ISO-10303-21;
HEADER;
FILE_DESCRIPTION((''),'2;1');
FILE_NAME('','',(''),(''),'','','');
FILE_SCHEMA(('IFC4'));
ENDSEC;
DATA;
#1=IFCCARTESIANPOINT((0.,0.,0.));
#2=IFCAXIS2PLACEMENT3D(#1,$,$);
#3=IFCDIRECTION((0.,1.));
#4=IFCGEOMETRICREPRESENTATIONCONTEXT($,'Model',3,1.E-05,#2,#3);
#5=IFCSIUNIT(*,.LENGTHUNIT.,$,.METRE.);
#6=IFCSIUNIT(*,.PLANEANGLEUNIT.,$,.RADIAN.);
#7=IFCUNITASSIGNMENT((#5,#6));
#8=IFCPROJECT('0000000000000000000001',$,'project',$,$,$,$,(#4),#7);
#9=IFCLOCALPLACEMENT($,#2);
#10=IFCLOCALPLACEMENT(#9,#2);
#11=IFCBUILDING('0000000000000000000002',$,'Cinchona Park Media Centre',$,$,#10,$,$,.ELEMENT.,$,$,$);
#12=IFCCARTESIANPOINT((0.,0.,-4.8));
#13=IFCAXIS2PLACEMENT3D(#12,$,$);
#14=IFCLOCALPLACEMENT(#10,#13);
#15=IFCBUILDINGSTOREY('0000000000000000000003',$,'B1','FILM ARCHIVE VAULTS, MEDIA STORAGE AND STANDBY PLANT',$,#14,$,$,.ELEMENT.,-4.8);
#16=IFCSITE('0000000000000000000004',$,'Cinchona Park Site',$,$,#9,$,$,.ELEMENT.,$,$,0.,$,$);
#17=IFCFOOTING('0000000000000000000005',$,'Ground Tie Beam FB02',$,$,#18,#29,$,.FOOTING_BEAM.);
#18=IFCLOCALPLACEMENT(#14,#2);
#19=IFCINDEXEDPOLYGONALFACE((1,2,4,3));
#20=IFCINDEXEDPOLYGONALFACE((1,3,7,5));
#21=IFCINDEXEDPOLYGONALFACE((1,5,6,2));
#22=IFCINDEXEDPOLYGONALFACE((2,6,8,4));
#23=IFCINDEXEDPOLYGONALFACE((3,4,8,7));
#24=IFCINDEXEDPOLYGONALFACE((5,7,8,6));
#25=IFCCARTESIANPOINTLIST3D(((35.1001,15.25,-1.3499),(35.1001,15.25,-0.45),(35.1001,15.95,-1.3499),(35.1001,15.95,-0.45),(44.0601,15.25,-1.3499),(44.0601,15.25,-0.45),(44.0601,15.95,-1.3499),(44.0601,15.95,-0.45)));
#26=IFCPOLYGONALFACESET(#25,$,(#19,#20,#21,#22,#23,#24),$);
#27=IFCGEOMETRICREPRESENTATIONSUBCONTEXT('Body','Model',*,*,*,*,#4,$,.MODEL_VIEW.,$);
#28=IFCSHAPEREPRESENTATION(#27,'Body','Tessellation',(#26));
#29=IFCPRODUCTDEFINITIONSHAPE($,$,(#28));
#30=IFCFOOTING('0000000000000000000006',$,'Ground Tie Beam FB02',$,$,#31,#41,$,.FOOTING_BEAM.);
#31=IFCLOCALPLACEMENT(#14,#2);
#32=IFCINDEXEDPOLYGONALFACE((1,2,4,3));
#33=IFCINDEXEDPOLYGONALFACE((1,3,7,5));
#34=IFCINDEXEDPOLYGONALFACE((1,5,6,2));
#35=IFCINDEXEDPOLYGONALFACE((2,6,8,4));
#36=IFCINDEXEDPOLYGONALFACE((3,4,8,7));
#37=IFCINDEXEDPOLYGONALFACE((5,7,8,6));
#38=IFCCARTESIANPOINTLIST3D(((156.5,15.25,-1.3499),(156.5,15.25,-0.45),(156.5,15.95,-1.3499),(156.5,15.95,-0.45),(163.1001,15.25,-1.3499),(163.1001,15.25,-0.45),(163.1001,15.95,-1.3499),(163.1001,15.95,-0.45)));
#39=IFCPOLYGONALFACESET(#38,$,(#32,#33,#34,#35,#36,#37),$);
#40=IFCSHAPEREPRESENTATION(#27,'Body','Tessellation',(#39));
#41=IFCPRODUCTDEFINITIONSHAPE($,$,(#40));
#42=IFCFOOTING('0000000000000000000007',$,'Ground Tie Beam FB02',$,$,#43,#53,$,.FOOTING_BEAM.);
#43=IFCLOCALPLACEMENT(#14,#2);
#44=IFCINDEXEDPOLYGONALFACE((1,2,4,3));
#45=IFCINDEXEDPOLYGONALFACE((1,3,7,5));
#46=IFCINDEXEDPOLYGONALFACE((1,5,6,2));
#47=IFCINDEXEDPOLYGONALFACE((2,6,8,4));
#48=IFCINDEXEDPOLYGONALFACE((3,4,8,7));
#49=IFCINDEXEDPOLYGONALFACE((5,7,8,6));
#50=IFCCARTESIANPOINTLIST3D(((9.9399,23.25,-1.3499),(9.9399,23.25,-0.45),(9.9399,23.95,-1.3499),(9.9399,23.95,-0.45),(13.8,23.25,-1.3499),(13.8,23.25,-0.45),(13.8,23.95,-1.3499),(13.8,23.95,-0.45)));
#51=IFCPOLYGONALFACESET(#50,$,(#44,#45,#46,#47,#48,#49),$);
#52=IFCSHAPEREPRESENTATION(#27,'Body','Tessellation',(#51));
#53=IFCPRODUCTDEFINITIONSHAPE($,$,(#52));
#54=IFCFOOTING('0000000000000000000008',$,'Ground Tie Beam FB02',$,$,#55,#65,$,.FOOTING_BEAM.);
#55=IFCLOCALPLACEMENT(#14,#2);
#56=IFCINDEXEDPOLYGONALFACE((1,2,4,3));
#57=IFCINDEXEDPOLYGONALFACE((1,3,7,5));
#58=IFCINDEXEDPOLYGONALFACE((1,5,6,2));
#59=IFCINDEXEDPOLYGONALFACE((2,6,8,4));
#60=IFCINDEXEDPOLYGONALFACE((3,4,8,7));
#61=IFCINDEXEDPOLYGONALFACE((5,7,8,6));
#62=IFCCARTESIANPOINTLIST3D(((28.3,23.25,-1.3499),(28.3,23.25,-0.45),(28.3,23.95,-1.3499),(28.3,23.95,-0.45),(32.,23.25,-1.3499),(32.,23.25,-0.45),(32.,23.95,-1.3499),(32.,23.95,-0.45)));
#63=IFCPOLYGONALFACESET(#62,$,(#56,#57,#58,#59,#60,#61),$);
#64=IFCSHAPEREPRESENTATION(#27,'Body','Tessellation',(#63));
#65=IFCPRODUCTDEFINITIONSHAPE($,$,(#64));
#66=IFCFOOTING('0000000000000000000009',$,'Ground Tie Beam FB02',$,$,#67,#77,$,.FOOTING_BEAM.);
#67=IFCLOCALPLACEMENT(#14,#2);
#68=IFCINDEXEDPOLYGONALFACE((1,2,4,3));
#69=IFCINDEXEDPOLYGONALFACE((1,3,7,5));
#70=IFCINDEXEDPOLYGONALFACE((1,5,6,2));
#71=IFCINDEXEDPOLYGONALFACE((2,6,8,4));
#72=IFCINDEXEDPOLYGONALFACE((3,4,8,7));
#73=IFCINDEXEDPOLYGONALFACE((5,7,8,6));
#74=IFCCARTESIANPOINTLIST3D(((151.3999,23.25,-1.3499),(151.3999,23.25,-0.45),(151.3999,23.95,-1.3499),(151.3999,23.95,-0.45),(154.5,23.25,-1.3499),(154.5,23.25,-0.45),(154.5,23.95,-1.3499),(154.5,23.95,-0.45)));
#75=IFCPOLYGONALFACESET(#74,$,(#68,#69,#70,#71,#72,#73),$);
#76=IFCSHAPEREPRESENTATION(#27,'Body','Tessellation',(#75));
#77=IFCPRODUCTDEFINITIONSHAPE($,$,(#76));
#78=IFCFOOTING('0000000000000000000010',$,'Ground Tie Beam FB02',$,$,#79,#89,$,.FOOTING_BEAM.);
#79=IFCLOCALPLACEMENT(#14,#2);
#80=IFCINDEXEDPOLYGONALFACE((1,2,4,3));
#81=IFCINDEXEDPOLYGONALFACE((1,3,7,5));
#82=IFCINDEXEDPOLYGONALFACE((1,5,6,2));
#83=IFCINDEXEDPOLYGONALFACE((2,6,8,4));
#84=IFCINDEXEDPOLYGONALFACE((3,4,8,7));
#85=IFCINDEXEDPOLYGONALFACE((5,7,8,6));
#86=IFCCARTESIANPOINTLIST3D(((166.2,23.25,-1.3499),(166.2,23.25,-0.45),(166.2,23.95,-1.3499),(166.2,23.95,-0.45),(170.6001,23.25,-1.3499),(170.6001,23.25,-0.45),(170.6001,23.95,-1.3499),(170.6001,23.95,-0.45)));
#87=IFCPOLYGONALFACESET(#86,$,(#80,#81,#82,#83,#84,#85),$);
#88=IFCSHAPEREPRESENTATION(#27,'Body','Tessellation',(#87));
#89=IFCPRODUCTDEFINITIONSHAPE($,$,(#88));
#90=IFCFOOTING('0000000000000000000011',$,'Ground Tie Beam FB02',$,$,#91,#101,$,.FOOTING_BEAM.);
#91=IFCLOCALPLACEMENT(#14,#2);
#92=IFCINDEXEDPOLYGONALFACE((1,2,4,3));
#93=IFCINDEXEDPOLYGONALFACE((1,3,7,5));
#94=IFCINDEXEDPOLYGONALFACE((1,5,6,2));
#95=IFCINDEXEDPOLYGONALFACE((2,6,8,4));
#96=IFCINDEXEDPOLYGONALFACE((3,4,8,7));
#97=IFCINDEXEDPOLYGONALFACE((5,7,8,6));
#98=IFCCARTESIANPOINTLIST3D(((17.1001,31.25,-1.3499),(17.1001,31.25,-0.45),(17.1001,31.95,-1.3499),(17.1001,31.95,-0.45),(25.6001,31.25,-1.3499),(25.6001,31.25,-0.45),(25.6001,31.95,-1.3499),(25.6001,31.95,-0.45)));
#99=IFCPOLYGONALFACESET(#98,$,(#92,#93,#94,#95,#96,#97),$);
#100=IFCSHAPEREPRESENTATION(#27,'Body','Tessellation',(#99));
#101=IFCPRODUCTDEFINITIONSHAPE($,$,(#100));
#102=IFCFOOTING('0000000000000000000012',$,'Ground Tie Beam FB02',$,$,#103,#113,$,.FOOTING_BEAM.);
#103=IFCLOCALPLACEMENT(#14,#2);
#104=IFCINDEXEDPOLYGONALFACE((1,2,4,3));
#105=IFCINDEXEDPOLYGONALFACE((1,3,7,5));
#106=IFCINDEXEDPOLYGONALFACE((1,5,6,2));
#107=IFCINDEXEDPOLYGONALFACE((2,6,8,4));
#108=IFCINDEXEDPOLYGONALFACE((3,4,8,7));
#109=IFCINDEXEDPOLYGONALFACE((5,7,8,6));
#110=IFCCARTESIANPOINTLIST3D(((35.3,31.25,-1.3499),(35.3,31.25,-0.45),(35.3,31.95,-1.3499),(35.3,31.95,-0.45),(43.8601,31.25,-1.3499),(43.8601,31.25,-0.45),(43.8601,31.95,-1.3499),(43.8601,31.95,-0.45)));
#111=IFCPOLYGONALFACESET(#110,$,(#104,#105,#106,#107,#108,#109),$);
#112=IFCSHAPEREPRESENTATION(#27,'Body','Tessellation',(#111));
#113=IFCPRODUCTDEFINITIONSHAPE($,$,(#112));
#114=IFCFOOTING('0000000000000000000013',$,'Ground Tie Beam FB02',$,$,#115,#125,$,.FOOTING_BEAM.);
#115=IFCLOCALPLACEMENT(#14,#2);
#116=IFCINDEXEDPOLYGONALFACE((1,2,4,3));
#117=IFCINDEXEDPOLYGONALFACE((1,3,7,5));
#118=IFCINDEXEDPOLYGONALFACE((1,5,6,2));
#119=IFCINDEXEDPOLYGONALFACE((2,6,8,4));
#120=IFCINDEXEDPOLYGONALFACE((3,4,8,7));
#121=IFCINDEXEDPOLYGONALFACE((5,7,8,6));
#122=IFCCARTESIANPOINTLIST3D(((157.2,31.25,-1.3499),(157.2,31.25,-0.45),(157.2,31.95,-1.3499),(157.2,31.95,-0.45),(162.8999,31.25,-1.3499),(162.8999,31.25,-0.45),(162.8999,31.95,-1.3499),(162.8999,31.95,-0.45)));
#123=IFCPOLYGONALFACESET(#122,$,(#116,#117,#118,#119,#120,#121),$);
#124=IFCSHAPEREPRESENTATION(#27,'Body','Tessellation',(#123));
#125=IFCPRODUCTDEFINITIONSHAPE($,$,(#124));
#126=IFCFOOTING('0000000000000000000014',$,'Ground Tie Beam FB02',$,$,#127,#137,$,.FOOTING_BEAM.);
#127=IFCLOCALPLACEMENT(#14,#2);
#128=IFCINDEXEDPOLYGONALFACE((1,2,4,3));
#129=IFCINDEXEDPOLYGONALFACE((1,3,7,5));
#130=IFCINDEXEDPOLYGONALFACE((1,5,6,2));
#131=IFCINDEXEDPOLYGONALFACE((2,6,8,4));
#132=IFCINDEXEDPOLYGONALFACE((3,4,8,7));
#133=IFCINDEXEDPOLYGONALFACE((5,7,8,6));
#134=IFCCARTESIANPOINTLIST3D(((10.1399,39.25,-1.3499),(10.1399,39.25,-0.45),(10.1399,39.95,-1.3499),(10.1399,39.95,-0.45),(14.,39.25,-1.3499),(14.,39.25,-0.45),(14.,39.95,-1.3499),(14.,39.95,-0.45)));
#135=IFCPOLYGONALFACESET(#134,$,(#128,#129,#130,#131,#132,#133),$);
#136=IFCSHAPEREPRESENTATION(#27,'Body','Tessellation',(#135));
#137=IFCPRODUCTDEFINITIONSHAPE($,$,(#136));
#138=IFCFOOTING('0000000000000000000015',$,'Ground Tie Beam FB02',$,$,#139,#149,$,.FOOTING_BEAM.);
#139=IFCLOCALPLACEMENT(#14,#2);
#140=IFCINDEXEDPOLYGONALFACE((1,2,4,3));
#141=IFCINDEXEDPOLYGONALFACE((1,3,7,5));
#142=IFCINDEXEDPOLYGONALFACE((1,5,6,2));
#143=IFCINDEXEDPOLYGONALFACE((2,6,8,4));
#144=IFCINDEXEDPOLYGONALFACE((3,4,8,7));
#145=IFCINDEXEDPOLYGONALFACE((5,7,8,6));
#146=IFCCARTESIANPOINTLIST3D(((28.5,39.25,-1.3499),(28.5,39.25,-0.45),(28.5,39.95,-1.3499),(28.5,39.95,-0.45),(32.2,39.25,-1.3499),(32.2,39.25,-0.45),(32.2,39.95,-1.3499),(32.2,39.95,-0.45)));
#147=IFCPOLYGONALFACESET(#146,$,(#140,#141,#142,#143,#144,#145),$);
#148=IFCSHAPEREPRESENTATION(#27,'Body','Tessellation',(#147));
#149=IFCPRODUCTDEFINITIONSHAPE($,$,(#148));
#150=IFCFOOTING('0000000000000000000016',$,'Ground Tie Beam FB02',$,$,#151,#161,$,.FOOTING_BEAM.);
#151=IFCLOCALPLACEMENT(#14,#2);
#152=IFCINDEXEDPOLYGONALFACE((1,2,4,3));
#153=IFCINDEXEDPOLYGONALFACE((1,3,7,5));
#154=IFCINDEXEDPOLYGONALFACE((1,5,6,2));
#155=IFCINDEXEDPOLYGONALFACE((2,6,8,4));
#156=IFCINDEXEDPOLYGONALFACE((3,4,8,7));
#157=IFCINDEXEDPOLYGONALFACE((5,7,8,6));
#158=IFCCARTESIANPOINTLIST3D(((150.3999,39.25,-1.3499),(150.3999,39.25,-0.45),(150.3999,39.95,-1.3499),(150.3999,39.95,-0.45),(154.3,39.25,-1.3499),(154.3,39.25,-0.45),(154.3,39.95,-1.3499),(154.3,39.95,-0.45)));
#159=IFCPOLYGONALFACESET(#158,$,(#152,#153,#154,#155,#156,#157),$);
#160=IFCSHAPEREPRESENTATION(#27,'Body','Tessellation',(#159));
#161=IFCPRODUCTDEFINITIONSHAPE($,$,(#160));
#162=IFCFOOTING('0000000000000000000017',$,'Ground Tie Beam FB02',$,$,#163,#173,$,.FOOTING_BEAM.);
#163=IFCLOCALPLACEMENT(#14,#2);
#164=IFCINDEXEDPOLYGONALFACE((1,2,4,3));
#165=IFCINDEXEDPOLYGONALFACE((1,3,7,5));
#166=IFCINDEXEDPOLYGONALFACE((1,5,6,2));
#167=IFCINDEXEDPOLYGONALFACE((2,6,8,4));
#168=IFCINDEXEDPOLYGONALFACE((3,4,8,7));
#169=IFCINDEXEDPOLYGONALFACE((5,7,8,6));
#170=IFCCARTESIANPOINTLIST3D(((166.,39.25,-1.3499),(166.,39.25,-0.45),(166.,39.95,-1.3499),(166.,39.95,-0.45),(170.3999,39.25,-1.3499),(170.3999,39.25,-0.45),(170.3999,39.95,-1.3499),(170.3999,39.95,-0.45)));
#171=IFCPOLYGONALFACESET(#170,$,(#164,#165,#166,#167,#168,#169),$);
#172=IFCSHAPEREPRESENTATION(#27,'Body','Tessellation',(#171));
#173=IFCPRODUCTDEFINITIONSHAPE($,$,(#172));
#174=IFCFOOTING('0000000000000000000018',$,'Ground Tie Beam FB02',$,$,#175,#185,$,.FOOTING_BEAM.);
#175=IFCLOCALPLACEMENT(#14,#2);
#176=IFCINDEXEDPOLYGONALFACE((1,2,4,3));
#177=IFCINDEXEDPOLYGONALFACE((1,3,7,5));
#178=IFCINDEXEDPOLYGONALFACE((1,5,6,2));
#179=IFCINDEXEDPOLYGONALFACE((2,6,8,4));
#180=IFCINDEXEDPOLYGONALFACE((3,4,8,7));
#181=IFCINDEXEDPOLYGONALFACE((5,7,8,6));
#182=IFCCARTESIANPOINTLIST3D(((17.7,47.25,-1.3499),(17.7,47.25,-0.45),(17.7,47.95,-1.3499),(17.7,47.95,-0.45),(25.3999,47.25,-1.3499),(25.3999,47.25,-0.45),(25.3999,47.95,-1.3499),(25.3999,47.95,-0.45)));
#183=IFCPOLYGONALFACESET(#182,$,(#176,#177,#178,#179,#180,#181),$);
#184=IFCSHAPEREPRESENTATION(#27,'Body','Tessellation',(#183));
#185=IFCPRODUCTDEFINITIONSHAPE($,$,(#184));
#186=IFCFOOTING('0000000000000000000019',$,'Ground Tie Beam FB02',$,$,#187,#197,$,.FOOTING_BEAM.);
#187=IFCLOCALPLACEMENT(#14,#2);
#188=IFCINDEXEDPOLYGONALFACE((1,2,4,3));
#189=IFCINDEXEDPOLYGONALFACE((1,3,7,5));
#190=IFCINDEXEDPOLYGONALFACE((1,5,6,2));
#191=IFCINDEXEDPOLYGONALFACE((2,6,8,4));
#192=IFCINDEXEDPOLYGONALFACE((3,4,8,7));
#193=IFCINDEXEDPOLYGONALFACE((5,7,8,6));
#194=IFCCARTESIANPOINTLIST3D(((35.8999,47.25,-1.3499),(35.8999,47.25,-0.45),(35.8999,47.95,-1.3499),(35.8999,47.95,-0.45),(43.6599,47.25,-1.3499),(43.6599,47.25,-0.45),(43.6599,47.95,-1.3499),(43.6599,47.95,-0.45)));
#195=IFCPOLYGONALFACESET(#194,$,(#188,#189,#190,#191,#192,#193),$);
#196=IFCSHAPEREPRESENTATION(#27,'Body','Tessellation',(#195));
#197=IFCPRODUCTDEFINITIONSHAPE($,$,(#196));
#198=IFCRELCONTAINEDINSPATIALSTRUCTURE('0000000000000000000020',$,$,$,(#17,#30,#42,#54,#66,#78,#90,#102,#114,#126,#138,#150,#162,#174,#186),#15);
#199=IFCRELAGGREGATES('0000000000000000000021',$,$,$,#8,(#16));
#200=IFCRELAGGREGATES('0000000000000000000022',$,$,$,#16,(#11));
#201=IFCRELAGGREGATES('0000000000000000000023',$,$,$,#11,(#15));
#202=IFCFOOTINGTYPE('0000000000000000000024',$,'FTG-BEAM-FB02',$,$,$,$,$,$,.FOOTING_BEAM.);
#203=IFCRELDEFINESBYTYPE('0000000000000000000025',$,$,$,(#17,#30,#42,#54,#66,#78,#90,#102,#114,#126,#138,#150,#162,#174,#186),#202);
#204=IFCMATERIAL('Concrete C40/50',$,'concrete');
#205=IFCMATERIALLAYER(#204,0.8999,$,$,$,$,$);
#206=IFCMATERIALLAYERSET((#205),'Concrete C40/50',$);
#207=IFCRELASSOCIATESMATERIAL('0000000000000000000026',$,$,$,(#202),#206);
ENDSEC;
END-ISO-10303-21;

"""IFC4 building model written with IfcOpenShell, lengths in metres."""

from ifc_helpers import new_model, si_unit, direction, frame, origin, place, context, subcontext, project, spatial, polyline, outline, extrude, material, layer, layer_set, type_object, element, save


model = new_model("IFC4")

# Units and contexts
model_context = context("Model", 3, precision=1e-05, world=origin(), true_north=direction((0.0, 1.0)))
body_context = subcontext(model_context, "Body", "Model", "MODEL_VIEW")
ifc_project = project(units=[si_unit("LENGTHUNIT", "METRE"), si_unit("PLANEANGLEUNIT", "RADIAN")], contexts=[model_context])

# Site, building, storey
site_placement = place(None, origin())
site = spatial("IfcSite", under=ifc_project, at=site_placement, Name="Cinchona Park Site", CompositionType="ELEMENT", RefElevation=0.0)
building_placement = place(site_placement, origin())
building = spatial("IfcBuilding", under=site, at=building_placement, Name="Cinchona Park Media Centre", CompositionType="ELEMENT")
storey_placement = place(building_placement, frame((0.0, 0.0, -4.8)))
storey = spatial("IfcBuildingStorey", under=building, at=storey_placement, Name="B1", Description="FILM ARCHIVE VAULTS, MEDIA STORAGE AND STANDBY PLANT", CompositionType="ELEMENT", Elevation=-4.8)

# Footings
ifc_material = material(Name="Concrete C40/50", Category="concrete")
ifc_layer = layer(ifc_material, 0.8999)
ifc_layer_set = layer_set([ifc_layer], Name="Concrete C40/50")
footing_type = type_object("IfcFootingType", Name="FTG-BEAM-FB02", PredefinedType="FOOTING_BEAM", material=ifc_layer_set)
footing_1_placement = place(storey_placement, frame((0.0, 0.0, -1.3499)))
element("IfcFooting", 1, at=footing_1_placement, inside=storey, type_object=footing_type, Name="Ground Tie Beam FB02", PredefinedType="FOOTING_BEAM", context=body_context, shape_type="SweptSolid", body=[
    extrude(outline(polyline([(35.1001, 15.25), (44.0601, 15.25), (44.0601, 15.95), (35.1001, 15.95), (35.1001, 15.25)])), origin(), (0.0, 0.0, 1.0), 0.8999),
])
footing_2_placement = place(storey_placement, frame((0.0, 0.0, -1.3499)))
element("IfcFooting", 2, at=footing_2_placement, inside=storey, type_object=footing_type, Name="Ground Tie Beam FB02", PredefinedType="FOOTING_BEAM", context=body_context, shape_type="SweptSolid", body=[
    extrude(outline(polyline([(156.5, 15.25), (163.1001, 15.25), (163.1001, 15.95), (156.5, 15.95), (156.5, 15.25)])), origin(), (0.0, 0.0, 1.0), 0.8999),
])
footing_3_placement = place(storey_placement, frame((0.0, 0.0, -1.3499)))
element("IfcFooting", 3, at=footing_3_placement, inside=storey, type_object=footing_type, Name="Ground Tie Beam FB02", PredefinedType="FOOTING_BEAM", context=body_context, shape_type="SweptSolid", body=[
    extrude(outline(polyline([(9.9399, 23.25), (13.8, 23.25), (13.8, 23.95), (9.9399, 23.95), (9.9399, 23.25)])), origin(), (0.0, 0.0, 1.0), 0.8999),
])
footing_4_placement = place(storey_placement, frame((0.0, 0.0, -1.3499)))
element("IfcFooting", 4, at=footing_4_placement, inside=storey, type_object=footing_type, Name="Ground Tie Beam FB02", PredefinedType="FOOTING_BEAM", context=body_context, shape_type="SweptSolid", body=[
    extrude(outline(polyline([(28.3, 23.25), (32.0, 23.25), (32.0, 23.95), (28.3, 23.95), (28.3, 23.25)])), origin(), (0.0, 0.0, 1.0), 0.8999),
])
footing_5_placement = place(storey_placement, frame((0.0, 0.0, -1.3499)))
element("IfcFooting", 5, at=footing_5_placement, inside=storey, type_object=footing_type, Name="Ground Tie Beam FB02", PredefinedType="FOOTING_BEAM", context=body_context, shape_type="SweptSolid", body=[
    extrude(outline(polyline([(151.3999, 23.25), (154.5, 23.25), (154.5, 23.95), (151.3999, 23.95), (151.3999, 23.25)])), origin(), (0.0, 0.0, 1.0), 0.8999),
])
footing_6_placement = place(storey_placement, frame((0.0, 0.0, -1.3499)))
element("IfcFooting", 6, at=footing_6_placement, inside=storey, type_object=footing_type, Name="Ground Tie Beam FB02", PredefinedType="FOOTING_BEAM", context=body_context, shape_type="SweptSolid", body=[
    extrude(outline(polyline([(166.2, 23.25), (170.6001, 23.25), (170.6001, 23.95), (166.2, 23.95), (166.2, 23.25)])), origin(), (0.0, 0.0, 1.0), 0.8999),
])
footing_7_placement = place(storey_placement, frame((0.0, 0.0, -1.3499)))
element("IfcFooting", 7, at=footing_7_placement, inside=storey, type_object=footing_type, Name="Ground Tie Beam FB02", PredefinedType="FOOTING_BEAM", context=body_context, shape_type="SweptSolid", body=[
    extrude(outline(polyline([(17.1001, 31.25), (25.6001, 31.25), (25.6001, 31.95), (17.1001, 31.95), (17.1001, 31.25)])), origin(), (0.0, 0.0, 1.0), 0.8999),
])
footing_8_placement = place(storey_placement, frame((0.0, 0.0, -1.3499)))
element("IfcFooting", 8, at=footing_8_placement, inside=storey, type_object=footing_type, Name="Ground Tie Beam FB02", PredefinedType="FOOTING_BEAM", context=body_context, shape_type="SweptSolid", body=[
    extrude(outline(polyline([(35.3, 31.25), (43.8601, 31.25), (43.8601, 31.95), (35.3, 31.95), (35.3, 31.25)])), origin(), (0.0, 0.0, 1.0), 0.8999),
])
footing_9_placement = place(storey_placement, frame((0.0, 0.0, -1.3499)))
element("IfcFooting", 9, at=footing_9_placement, inside=storey, type_object=footing_type, Name="Ground Tie Beam FB02", PredefinedType="FOOTING_BEAM", context=body_context, shape_type="SweptSolid", body=[
    extrude(outline(polyline([(157.2, 31.25), (162.8999, 31.25), (162.8999, 31.95), (157.2, 31.95), (157.2, 31.25)])), origin(), (0.0, 0.0, 1.0), 0.8999),
])
footing_10_placement = place(storey_placement, frame((0.0, 0.0, -1.3499)))
element("IfcFooting", 10, at=footing_10_placement, inside=storey, type_object=footing_type, Name="Ground Tie Beam FB02", PredefinedType="FOOTING_BEAM", context=body_context, shape_type="SweptSolid", body=[
    extrude(outline(polyline([(10.1399, 39.25), (14.0, 39.25), (14.0, 39.95), (10.1399, 39.95), (10.1399, 39.25)])), origin(), (0.0, 0.0, 1.0), 0.8999),
])
footing_11_placement = place(storey_placement, frame((0.0, 0.0, -1.3499)))
element("IfcFooting", 11, at=footing_11_placement, inside=storey, type_object=footing_type, Name="Ground Tie Beam FB02", PredefinedType="FOOTING_BEAM", context=body_context, shape_type="SweptSolid", body=[
    extrude(outline(polyline([(28.5, 39.25), (32.2, 39.25), (32.2, 39.95), (28.5, 39.95), (28.5, 39.25)])), origin(), (0.0, 0.0, 1.0), 0.8999),
])
footing_12_placement = place(storey_placement, frame((0.0, 0.0, -1.3499)))
element("IfcFooting", 12, at=footing_12_placement, inside=storey, type_object=footing_type, Name="Ground Tie Beam FB02", PredefinedType="FOOTING_BEAM", context=body_context, shape_type="SweptSolid", body=[
    extrude(outline(polyline([(150.3999, 39.25), (154.3, 39.25), (154.3, 39.95), (150.3999, 39.95), (150.3999, 39.25)])), origin(), (0.0, 0.0, 1.0), 0.8999),
])
footing_13_placement = place(storey_placement, frame((0.0, 0.0, -1.3499)))
element("IfcFooting", 13, at=footing_13_placement, inside=storey, type_object=footing_type, Name="Ground Tie Beam FB02", PredefinedType="FOOTING_BEAM", context=body_context, shape_type="SweptSolid", body=[
    extrude(outline(polyline([(166.0, 39.25), (170.3999, 39.25), (170.3999, 39.95), (166.0, 39.95), (166.0, 39.25)])), origin(), (0.0, 0.0, 1.0), 0.8999),
])
footing_14_placement = place(storey_placement, frame((0.0, 0.0, -1.3499)))
element("IfcFooting", 14, at=footing_14_placement, inside=storey, type_object=footing_type, Name="Ground Tie Beam FB02", PredefinedType="FOOTING_BEAM", context=body_context, shape_type="SweptSolid", body=[
    extrude(outline(polyline([(17.7, 47.25), (25.3999, 47.25), (25.3999, 47.95), (17.7, 47.95), (17.7, 47.25)])), origin(), (0.0, 0.0, 1.0), 0.8999),
])
footing_15_placement = place(storey_placement, frame((0.0, 0.0, -1.3499)))
element("IfcFooting", 15, at=footing_15_placement, inside=storey, type_object=footing_type, Name="Ground Tie Beam FB02", PredefinedType="FOOTING_BEAM", context=body_context, shape_type="SweptSolid", body=[
    extrude(outline(polyline([(35.8999, 47.25), (43.6599, 47.25), (43.6599, 47.95), (35.8999, 47.95), (35.8999, 47.25)])), origin(), (0.0, 0.0, 1.0), 0.8999),
])

save(model, "model.ifc")
